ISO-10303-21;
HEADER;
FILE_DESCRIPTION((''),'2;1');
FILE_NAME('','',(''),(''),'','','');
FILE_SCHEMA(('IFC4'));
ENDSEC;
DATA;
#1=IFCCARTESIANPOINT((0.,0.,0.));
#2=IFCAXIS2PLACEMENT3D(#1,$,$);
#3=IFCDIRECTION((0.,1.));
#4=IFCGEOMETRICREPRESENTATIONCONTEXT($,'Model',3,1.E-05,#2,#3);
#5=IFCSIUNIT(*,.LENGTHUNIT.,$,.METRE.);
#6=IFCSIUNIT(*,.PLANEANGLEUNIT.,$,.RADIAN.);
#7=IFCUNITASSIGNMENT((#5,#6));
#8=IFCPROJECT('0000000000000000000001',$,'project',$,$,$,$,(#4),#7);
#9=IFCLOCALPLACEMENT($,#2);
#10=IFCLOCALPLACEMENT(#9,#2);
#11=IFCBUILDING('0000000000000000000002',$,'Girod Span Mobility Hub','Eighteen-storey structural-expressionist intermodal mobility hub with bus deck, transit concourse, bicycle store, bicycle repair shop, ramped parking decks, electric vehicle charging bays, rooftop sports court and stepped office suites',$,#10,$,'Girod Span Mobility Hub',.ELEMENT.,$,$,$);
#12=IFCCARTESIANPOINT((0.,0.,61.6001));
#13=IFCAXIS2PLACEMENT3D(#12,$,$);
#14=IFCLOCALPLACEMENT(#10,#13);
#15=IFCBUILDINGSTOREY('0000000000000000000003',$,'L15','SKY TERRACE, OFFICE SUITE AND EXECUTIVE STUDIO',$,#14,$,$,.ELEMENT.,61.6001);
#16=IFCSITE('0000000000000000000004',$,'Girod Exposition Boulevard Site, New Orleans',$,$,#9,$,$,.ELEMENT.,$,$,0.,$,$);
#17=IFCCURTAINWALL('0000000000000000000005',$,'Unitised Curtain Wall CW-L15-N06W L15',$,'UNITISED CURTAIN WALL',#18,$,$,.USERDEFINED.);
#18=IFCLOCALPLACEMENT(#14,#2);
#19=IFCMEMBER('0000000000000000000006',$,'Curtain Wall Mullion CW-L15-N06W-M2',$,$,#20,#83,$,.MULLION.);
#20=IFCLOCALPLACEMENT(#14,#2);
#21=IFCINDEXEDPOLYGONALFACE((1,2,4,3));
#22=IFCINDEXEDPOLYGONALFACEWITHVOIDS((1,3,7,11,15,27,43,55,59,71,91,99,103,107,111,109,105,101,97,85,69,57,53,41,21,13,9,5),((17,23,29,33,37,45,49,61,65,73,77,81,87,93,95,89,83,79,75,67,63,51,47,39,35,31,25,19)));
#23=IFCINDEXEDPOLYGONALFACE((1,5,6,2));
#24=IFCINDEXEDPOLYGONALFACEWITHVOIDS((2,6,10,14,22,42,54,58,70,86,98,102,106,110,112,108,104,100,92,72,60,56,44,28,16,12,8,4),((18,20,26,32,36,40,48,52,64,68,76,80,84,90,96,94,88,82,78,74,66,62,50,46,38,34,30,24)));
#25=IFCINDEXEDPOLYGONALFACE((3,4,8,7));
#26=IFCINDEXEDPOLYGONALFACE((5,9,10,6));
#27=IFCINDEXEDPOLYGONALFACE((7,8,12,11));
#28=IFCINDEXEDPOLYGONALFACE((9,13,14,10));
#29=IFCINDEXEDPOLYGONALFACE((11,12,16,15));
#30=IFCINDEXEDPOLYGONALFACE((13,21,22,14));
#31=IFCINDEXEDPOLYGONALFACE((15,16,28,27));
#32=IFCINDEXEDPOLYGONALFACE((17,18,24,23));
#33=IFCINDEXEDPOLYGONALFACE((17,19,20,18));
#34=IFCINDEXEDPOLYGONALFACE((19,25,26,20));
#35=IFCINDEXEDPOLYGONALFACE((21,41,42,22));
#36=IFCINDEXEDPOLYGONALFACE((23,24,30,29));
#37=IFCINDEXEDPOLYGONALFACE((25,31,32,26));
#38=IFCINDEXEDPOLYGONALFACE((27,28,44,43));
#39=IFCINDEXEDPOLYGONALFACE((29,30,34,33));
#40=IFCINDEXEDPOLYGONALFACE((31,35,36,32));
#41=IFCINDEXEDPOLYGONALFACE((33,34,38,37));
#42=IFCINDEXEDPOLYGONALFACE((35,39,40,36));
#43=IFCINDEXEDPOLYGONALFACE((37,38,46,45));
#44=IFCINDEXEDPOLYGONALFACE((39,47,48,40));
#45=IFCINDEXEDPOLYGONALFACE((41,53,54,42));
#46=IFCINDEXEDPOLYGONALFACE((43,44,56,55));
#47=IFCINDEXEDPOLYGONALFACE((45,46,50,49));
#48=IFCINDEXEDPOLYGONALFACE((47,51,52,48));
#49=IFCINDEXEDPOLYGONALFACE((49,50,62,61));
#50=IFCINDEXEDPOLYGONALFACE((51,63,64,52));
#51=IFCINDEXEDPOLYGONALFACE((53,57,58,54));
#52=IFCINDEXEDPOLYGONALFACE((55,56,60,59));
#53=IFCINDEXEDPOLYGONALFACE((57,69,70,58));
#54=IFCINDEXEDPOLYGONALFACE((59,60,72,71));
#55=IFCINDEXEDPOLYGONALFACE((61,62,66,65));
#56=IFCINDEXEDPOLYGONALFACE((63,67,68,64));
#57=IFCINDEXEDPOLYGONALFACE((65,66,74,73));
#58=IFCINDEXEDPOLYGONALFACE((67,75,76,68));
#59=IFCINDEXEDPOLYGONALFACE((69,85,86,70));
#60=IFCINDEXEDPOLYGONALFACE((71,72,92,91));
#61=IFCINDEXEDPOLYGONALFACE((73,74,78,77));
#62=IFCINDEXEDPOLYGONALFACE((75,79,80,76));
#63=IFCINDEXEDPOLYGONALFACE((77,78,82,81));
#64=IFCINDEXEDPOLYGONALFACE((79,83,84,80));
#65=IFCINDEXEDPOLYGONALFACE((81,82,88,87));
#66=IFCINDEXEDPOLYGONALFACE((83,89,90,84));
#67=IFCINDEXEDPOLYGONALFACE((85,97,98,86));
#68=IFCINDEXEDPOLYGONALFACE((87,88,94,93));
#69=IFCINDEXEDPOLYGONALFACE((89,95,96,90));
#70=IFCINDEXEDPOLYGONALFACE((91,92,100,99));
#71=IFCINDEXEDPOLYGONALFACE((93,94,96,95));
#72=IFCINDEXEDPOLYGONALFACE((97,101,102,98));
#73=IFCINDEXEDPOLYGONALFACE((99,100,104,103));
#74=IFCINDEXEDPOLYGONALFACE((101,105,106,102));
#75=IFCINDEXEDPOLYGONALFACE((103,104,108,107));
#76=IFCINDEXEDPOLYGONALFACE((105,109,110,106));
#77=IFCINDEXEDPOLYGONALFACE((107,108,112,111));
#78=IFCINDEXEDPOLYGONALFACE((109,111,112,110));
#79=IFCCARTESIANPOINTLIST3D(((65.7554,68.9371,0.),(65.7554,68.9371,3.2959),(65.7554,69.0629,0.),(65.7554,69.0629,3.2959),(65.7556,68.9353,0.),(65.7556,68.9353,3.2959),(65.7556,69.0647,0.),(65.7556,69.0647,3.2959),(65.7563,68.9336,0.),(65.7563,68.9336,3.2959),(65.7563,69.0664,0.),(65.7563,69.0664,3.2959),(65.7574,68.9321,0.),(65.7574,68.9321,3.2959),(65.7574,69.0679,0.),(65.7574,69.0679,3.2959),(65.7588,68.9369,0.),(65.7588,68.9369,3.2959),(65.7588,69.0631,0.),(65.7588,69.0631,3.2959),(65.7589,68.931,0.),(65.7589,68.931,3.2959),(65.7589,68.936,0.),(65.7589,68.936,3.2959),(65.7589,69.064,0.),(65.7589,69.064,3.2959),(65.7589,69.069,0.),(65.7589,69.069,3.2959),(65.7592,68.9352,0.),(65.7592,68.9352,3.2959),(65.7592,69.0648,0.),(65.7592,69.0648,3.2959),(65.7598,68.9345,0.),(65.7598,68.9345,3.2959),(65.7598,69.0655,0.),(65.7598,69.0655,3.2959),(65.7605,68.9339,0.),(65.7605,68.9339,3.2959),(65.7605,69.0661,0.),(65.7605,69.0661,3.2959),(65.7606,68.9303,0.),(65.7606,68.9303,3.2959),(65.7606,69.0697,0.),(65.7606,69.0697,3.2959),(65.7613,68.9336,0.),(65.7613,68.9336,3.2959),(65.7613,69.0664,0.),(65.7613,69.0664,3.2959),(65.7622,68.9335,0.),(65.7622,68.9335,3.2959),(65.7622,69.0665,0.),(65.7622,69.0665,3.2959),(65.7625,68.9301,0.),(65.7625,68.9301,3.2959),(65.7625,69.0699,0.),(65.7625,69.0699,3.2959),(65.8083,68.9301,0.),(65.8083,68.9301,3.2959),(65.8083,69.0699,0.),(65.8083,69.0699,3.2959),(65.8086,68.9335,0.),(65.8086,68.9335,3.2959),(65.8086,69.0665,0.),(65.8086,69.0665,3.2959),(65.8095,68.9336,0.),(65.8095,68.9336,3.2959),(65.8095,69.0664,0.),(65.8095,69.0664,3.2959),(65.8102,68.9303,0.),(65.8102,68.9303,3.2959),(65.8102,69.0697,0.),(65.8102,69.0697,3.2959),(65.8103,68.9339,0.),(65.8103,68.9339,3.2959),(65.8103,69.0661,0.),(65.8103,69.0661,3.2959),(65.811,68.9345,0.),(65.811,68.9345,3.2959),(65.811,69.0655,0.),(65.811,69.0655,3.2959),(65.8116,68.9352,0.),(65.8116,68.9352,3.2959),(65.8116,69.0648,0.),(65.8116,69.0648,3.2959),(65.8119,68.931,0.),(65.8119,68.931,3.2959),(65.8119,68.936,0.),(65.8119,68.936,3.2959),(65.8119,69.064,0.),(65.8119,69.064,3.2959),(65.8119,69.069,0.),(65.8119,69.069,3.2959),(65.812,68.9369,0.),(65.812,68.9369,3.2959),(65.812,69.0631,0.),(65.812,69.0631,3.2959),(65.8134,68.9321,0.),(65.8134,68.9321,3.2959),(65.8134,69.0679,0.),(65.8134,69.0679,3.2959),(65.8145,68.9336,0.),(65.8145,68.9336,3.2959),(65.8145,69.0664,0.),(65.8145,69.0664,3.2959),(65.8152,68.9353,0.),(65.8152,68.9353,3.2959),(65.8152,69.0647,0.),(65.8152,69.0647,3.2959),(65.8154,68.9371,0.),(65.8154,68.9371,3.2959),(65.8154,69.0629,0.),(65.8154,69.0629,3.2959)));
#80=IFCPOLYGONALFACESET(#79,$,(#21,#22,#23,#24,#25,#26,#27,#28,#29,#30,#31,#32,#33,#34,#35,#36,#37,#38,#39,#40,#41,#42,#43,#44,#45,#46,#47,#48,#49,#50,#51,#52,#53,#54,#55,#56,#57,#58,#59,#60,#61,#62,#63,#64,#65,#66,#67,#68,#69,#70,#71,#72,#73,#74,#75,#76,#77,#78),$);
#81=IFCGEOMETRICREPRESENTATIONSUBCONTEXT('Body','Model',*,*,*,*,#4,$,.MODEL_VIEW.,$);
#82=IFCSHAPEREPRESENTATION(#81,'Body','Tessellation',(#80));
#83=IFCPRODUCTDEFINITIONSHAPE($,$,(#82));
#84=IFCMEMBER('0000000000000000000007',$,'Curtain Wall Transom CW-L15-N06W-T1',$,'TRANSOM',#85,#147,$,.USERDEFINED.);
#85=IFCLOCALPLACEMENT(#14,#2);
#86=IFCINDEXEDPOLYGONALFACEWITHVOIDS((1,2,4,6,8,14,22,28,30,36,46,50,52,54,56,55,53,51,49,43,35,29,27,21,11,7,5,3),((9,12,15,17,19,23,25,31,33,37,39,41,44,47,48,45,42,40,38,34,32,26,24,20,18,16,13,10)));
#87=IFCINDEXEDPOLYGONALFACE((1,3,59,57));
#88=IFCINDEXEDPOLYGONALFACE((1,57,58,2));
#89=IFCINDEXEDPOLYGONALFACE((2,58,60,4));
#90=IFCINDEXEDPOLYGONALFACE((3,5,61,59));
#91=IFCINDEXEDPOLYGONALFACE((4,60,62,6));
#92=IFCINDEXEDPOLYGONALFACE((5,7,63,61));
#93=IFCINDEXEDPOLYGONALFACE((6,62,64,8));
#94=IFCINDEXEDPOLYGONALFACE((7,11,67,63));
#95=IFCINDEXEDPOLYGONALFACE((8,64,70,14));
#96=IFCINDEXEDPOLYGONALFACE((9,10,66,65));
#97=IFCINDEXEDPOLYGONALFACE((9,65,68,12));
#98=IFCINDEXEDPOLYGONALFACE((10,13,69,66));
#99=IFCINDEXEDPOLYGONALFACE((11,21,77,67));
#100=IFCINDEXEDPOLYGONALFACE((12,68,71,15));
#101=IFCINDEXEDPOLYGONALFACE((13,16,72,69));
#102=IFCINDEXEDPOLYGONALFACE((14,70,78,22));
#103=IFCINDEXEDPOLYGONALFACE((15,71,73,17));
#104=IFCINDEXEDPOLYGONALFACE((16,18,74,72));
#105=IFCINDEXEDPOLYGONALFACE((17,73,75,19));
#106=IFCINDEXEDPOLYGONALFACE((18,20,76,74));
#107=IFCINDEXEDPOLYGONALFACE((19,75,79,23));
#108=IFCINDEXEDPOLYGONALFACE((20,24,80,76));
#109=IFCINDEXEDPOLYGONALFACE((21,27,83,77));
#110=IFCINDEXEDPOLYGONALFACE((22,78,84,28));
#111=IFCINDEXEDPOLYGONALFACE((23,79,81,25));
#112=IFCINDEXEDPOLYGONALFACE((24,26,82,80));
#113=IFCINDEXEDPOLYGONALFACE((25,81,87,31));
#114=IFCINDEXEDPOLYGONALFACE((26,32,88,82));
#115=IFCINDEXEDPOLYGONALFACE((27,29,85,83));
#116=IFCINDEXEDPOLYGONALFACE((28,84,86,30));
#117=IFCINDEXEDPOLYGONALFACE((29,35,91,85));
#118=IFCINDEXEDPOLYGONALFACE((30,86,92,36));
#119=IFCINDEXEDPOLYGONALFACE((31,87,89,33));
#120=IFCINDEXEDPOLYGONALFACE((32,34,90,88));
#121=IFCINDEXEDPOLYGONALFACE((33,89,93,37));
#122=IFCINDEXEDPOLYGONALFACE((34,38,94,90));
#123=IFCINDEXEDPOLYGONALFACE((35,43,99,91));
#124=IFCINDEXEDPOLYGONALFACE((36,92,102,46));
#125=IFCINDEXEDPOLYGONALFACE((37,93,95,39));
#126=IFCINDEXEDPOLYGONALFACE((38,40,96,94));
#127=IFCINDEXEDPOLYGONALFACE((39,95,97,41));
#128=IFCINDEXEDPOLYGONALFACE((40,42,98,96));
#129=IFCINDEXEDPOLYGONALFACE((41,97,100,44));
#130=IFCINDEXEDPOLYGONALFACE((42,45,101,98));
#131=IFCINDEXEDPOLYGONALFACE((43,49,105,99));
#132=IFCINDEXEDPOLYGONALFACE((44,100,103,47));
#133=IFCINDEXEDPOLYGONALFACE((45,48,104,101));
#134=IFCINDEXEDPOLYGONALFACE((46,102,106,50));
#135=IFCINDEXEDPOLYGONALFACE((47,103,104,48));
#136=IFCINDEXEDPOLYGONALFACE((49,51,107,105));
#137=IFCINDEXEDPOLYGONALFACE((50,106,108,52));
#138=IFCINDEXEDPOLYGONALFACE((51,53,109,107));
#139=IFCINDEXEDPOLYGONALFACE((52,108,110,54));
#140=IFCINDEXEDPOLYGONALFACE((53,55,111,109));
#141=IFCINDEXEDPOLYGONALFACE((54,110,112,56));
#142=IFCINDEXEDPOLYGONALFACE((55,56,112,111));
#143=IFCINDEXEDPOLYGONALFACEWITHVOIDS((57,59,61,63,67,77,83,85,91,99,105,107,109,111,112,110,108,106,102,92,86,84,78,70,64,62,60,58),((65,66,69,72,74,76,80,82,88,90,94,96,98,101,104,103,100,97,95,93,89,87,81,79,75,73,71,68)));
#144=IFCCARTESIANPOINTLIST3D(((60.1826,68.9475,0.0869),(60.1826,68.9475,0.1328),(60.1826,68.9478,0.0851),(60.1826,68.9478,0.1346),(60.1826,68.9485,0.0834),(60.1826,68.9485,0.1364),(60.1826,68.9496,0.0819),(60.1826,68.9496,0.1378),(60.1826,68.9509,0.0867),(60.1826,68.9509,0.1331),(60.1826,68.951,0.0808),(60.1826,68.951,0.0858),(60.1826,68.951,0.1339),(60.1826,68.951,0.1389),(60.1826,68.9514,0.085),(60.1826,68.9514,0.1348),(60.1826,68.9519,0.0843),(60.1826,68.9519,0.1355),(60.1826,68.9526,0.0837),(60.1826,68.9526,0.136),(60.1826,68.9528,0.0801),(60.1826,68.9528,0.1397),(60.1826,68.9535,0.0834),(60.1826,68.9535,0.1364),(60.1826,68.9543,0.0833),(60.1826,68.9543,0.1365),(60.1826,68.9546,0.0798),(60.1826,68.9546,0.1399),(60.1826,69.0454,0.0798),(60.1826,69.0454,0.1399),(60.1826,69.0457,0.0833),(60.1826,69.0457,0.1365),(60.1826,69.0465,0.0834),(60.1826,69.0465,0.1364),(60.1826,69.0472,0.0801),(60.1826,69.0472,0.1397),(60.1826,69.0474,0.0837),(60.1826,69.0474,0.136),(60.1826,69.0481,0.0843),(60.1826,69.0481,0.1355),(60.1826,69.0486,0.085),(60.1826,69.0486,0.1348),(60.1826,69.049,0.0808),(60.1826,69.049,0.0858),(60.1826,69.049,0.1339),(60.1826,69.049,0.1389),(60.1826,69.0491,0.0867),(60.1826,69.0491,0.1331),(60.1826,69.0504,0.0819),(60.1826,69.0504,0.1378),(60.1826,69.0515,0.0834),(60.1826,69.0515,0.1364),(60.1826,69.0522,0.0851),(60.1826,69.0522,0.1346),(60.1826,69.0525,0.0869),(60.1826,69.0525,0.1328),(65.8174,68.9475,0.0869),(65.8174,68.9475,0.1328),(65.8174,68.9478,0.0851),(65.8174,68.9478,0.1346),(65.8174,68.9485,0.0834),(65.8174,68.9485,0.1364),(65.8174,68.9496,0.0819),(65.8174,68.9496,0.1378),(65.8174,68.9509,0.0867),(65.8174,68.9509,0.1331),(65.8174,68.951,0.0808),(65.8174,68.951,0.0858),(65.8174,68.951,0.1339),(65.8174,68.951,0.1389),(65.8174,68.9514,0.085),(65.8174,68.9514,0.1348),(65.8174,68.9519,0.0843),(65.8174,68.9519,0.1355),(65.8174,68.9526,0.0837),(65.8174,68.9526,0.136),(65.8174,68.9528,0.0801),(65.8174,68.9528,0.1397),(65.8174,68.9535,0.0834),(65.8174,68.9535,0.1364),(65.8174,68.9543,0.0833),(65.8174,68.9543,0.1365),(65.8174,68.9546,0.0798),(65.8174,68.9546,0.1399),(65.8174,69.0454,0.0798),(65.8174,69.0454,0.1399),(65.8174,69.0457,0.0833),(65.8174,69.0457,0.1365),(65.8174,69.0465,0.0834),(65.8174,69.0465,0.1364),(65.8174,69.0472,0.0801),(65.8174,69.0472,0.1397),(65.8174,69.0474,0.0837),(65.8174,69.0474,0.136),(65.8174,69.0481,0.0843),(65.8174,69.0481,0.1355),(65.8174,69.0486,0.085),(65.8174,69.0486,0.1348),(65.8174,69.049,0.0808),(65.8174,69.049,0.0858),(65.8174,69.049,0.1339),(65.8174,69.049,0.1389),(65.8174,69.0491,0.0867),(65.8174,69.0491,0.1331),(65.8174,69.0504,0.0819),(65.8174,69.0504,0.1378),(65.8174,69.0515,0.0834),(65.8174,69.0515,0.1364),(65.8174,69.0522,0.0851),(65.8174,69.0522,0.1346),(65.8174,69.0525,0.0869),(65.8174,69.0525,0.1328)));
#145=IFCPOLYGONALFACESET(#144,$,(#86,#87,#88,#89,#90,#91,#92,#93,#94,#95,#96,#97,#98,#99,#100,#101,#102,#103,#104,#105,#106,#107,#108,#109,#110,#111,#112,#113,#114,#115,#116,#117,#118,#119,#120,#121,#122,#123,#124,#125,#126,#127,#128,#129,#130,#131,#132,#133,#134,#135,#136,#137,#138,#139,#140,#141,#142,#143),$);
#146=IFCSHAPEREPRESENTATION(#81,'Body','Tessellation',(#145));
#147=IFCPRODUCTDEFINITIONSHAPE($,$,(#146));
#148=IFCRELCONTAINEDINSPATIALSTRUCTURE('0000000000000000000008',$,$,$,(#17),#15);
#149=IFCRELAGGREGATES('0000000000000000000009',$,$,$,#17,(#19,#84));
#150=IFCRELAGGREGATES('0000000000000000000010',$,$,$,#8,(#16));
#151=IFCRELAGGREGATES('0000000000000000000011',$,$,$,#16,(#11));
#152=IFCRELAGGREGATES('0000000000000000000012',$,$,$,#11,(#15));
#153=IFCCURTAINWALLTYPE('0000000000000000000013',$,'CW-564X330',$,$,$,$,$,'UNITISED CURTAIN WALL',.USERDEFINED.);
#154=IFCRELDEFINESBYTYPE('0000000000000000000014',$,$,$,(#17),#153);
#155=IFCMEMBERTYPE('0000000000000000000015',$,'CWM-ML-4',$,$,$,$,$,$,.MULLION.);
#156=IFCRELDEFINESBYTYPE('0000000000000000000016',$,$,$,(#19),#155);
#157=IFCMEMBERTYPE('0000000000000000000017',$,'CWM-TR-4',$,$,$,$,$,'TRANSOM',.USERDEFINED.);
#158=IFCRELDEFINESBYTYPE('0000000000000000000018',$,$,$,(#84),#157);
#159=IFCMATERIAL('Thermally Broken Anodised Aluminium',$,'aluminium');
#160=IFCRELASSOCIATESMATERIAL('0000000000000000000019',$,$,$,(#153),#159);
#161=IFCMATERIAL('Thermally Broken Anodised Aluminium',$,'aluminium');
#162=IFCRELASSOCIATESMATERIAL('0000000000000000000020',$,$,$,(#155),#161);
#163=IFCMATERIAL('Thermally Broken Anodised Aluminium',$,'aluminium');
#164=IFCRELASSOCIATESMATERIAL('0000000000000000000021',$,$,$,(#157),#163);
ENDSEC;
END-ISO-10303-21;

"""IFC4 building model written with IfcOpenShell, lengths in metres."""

from ifc_helpers import new_model, si_unit, direction, frame, origin, origin_2d, place, context, subcontext, project, spatial, hollow_rectangle, extrude, material, material_profile, profile_set, type_object, element, aggregate, save


model = new_model("IFC4")

# Units and contexts
model_context = context("Model", 3, precision=1e-05, world=origin(), true_north=direction((0.0, 1.0)))
body_context = subcontext(model_context, "Body", "Model", "MODEL_VIEW")
ifc_project = project(units=[si_unit("LENGTHUNIT", "METRE"), si_unit("PLANEANGLEUNIT", "RADIAN")], contexts=[model_context])

# Site, building, storey
site_placement = place(None, origin())
site = spatial("IfcSite", under=ifc_project, at=site_placement, Name="Girod Exposition Boulevard Site, New Orleans", CompositionType="ELEMENT", RefElevation=0.0)
building_placement = place(site_placement, origin())
building = spatial("IfcBuilding", under=site, at=building_placement, Name="Girod Span Mobility Hub", Description="Eighteen-storey structural-expressionist intermodal mobility hub with bus deck, transit concourse, bicycle store, bicycle repair shop, ramped parking decks, electric vehicle charging bays, rooftop sports court and stepped office suites", LongName="Girod Span Mobility Hub", CompositionType="ELEMENT")
storey_placement = place(building_placement, frame((0.0, 0.0, 61.6001)))
storey = spatial("IfcBuildingStorey", under=building, at=storey_placement, Name="L15", Description="SKY TERRACE, OFFICE SUITE AND EXECUTIVE STUDIO", CompositionType="ELEMENT", Elevation=61.6001)

# Curtain wall, members
ifc_material_1 = material(Name="Thermally Broken Anodised Aluminium", Category="aluminium")
curtain_wall_type = type_object("IfcCurtainWallType", Name="CW-564X330", ElementType="UNITISED CURTAIN WALL", PredefinedType="USERDEFINED", material=ifc_material_1)
curtain_wall_placement = place(storey_placement, origin())
curtain_wall = element("IfcCurtainWall", 1, at=curtain_wall_placement, inside=storey, type_object=curtain_wall_type, Name="Unitised Curtain Wall CW-L15-N06W L15", ObjectType="UNITISED CURTAIN WALL", PredefinedType="USERDEFINED")
ifc_material_2 = material(Name="Thermally Broken Anodised Aluminium", Category="aluminium")
ifc_material_profile_1 = material_profile(ifc_material_2, hollow_rectangle(XDim=0.1399, YDim=0.0601, WallThickness=0.0034, InnerFilletRadius=0.0034, OuterFilletRadius=0.0071, at=origin_2d()), Name="CW-ML-60X140")
ifc_profile_set_1 = profile_set([ifc_material_profile_1], Name="Thermally Broken Anodised Aluminium")
member_type_1 = type_object("IfcMemberType", Name="CWM-ML-4", PredefinedType="MULLION", material=ifc_profile_set_1)
member_1_placement = place(storey_placement, frame((65.7854, 69.0, 0.0), z_axis=(0.0, 0.0, 1.0), x_axis=(0.0, 1.0, 0.0)))
member_1 = element("IfcMember", 2, at=member_1_placement, type_object=member_type_1, Name="Curtain Wall Mullion CW-L15-N06W-M2", PredefinedType="MULLION", context=body_context, shape_type="SweptSolid", body=[
    extrude(hollow_rectangle(XDim=0.1399, YDim=0.0601, WallThickness=0.0034, InnerFilletRadius=0.0034, OuterFilletRadius=0.0071, at=origin_2d()), origin(), (0.0, 0.0, 1.0), 3.2959),
])
ifc_material_3 = material(Name="Thermally Broken Anodised Aluminium", Category="aluminium")
ifc_material_profile_2 = material_profile(ifc_material_3, hollow_rectangle(XDim=0.105, YDim=0.0601, WallThickness=0.0034, InnerFilletRadius=0.0034, OuterFilletRadius=0.0071, at=origin_2d()), Name="CW-TR-60X105")
ifc_profile_set_2 = profile_set([ifc_material_profile_2], Name="Thermally Broken Anodised Aluminium")
member_type_2 = type_object("IfcMemberType", Name="CWM-TR-4", ElementType="TRANSOM", PredefinedType="USERDEFINED", material=ifc_profile_set_2)
member_2_placement = place(storey_placement, frame((60.1826, 69.0, 0.1099), z_axis=(1.0, 0.0, 0.0), x_axis=(0.0, 1.0, 0.0)))
member_2 = element("IfcMember", 3, at=member_2_placement, type_object=member_type_2, Name="Curtain Wall Transom CW-L15-N06W-T1", ObjectType="TRANSOM", PredefinedType="USERDEFINED", context=body_context, shape_type="SweptSolid", body=[
    extrude(hollow_rectangle(XDim=0.105, YDim=0.0601, WallThickness=0.0034, InnerFilletRadius=0.0034, OuterFilletRadius=0.0071, at=origin_2d()), origin(), (0.0, 0.0, 1.0), 5.6348),
])
aggregate(curtain_wall, [member_1, member_2])

save(model, "model.ifc")
